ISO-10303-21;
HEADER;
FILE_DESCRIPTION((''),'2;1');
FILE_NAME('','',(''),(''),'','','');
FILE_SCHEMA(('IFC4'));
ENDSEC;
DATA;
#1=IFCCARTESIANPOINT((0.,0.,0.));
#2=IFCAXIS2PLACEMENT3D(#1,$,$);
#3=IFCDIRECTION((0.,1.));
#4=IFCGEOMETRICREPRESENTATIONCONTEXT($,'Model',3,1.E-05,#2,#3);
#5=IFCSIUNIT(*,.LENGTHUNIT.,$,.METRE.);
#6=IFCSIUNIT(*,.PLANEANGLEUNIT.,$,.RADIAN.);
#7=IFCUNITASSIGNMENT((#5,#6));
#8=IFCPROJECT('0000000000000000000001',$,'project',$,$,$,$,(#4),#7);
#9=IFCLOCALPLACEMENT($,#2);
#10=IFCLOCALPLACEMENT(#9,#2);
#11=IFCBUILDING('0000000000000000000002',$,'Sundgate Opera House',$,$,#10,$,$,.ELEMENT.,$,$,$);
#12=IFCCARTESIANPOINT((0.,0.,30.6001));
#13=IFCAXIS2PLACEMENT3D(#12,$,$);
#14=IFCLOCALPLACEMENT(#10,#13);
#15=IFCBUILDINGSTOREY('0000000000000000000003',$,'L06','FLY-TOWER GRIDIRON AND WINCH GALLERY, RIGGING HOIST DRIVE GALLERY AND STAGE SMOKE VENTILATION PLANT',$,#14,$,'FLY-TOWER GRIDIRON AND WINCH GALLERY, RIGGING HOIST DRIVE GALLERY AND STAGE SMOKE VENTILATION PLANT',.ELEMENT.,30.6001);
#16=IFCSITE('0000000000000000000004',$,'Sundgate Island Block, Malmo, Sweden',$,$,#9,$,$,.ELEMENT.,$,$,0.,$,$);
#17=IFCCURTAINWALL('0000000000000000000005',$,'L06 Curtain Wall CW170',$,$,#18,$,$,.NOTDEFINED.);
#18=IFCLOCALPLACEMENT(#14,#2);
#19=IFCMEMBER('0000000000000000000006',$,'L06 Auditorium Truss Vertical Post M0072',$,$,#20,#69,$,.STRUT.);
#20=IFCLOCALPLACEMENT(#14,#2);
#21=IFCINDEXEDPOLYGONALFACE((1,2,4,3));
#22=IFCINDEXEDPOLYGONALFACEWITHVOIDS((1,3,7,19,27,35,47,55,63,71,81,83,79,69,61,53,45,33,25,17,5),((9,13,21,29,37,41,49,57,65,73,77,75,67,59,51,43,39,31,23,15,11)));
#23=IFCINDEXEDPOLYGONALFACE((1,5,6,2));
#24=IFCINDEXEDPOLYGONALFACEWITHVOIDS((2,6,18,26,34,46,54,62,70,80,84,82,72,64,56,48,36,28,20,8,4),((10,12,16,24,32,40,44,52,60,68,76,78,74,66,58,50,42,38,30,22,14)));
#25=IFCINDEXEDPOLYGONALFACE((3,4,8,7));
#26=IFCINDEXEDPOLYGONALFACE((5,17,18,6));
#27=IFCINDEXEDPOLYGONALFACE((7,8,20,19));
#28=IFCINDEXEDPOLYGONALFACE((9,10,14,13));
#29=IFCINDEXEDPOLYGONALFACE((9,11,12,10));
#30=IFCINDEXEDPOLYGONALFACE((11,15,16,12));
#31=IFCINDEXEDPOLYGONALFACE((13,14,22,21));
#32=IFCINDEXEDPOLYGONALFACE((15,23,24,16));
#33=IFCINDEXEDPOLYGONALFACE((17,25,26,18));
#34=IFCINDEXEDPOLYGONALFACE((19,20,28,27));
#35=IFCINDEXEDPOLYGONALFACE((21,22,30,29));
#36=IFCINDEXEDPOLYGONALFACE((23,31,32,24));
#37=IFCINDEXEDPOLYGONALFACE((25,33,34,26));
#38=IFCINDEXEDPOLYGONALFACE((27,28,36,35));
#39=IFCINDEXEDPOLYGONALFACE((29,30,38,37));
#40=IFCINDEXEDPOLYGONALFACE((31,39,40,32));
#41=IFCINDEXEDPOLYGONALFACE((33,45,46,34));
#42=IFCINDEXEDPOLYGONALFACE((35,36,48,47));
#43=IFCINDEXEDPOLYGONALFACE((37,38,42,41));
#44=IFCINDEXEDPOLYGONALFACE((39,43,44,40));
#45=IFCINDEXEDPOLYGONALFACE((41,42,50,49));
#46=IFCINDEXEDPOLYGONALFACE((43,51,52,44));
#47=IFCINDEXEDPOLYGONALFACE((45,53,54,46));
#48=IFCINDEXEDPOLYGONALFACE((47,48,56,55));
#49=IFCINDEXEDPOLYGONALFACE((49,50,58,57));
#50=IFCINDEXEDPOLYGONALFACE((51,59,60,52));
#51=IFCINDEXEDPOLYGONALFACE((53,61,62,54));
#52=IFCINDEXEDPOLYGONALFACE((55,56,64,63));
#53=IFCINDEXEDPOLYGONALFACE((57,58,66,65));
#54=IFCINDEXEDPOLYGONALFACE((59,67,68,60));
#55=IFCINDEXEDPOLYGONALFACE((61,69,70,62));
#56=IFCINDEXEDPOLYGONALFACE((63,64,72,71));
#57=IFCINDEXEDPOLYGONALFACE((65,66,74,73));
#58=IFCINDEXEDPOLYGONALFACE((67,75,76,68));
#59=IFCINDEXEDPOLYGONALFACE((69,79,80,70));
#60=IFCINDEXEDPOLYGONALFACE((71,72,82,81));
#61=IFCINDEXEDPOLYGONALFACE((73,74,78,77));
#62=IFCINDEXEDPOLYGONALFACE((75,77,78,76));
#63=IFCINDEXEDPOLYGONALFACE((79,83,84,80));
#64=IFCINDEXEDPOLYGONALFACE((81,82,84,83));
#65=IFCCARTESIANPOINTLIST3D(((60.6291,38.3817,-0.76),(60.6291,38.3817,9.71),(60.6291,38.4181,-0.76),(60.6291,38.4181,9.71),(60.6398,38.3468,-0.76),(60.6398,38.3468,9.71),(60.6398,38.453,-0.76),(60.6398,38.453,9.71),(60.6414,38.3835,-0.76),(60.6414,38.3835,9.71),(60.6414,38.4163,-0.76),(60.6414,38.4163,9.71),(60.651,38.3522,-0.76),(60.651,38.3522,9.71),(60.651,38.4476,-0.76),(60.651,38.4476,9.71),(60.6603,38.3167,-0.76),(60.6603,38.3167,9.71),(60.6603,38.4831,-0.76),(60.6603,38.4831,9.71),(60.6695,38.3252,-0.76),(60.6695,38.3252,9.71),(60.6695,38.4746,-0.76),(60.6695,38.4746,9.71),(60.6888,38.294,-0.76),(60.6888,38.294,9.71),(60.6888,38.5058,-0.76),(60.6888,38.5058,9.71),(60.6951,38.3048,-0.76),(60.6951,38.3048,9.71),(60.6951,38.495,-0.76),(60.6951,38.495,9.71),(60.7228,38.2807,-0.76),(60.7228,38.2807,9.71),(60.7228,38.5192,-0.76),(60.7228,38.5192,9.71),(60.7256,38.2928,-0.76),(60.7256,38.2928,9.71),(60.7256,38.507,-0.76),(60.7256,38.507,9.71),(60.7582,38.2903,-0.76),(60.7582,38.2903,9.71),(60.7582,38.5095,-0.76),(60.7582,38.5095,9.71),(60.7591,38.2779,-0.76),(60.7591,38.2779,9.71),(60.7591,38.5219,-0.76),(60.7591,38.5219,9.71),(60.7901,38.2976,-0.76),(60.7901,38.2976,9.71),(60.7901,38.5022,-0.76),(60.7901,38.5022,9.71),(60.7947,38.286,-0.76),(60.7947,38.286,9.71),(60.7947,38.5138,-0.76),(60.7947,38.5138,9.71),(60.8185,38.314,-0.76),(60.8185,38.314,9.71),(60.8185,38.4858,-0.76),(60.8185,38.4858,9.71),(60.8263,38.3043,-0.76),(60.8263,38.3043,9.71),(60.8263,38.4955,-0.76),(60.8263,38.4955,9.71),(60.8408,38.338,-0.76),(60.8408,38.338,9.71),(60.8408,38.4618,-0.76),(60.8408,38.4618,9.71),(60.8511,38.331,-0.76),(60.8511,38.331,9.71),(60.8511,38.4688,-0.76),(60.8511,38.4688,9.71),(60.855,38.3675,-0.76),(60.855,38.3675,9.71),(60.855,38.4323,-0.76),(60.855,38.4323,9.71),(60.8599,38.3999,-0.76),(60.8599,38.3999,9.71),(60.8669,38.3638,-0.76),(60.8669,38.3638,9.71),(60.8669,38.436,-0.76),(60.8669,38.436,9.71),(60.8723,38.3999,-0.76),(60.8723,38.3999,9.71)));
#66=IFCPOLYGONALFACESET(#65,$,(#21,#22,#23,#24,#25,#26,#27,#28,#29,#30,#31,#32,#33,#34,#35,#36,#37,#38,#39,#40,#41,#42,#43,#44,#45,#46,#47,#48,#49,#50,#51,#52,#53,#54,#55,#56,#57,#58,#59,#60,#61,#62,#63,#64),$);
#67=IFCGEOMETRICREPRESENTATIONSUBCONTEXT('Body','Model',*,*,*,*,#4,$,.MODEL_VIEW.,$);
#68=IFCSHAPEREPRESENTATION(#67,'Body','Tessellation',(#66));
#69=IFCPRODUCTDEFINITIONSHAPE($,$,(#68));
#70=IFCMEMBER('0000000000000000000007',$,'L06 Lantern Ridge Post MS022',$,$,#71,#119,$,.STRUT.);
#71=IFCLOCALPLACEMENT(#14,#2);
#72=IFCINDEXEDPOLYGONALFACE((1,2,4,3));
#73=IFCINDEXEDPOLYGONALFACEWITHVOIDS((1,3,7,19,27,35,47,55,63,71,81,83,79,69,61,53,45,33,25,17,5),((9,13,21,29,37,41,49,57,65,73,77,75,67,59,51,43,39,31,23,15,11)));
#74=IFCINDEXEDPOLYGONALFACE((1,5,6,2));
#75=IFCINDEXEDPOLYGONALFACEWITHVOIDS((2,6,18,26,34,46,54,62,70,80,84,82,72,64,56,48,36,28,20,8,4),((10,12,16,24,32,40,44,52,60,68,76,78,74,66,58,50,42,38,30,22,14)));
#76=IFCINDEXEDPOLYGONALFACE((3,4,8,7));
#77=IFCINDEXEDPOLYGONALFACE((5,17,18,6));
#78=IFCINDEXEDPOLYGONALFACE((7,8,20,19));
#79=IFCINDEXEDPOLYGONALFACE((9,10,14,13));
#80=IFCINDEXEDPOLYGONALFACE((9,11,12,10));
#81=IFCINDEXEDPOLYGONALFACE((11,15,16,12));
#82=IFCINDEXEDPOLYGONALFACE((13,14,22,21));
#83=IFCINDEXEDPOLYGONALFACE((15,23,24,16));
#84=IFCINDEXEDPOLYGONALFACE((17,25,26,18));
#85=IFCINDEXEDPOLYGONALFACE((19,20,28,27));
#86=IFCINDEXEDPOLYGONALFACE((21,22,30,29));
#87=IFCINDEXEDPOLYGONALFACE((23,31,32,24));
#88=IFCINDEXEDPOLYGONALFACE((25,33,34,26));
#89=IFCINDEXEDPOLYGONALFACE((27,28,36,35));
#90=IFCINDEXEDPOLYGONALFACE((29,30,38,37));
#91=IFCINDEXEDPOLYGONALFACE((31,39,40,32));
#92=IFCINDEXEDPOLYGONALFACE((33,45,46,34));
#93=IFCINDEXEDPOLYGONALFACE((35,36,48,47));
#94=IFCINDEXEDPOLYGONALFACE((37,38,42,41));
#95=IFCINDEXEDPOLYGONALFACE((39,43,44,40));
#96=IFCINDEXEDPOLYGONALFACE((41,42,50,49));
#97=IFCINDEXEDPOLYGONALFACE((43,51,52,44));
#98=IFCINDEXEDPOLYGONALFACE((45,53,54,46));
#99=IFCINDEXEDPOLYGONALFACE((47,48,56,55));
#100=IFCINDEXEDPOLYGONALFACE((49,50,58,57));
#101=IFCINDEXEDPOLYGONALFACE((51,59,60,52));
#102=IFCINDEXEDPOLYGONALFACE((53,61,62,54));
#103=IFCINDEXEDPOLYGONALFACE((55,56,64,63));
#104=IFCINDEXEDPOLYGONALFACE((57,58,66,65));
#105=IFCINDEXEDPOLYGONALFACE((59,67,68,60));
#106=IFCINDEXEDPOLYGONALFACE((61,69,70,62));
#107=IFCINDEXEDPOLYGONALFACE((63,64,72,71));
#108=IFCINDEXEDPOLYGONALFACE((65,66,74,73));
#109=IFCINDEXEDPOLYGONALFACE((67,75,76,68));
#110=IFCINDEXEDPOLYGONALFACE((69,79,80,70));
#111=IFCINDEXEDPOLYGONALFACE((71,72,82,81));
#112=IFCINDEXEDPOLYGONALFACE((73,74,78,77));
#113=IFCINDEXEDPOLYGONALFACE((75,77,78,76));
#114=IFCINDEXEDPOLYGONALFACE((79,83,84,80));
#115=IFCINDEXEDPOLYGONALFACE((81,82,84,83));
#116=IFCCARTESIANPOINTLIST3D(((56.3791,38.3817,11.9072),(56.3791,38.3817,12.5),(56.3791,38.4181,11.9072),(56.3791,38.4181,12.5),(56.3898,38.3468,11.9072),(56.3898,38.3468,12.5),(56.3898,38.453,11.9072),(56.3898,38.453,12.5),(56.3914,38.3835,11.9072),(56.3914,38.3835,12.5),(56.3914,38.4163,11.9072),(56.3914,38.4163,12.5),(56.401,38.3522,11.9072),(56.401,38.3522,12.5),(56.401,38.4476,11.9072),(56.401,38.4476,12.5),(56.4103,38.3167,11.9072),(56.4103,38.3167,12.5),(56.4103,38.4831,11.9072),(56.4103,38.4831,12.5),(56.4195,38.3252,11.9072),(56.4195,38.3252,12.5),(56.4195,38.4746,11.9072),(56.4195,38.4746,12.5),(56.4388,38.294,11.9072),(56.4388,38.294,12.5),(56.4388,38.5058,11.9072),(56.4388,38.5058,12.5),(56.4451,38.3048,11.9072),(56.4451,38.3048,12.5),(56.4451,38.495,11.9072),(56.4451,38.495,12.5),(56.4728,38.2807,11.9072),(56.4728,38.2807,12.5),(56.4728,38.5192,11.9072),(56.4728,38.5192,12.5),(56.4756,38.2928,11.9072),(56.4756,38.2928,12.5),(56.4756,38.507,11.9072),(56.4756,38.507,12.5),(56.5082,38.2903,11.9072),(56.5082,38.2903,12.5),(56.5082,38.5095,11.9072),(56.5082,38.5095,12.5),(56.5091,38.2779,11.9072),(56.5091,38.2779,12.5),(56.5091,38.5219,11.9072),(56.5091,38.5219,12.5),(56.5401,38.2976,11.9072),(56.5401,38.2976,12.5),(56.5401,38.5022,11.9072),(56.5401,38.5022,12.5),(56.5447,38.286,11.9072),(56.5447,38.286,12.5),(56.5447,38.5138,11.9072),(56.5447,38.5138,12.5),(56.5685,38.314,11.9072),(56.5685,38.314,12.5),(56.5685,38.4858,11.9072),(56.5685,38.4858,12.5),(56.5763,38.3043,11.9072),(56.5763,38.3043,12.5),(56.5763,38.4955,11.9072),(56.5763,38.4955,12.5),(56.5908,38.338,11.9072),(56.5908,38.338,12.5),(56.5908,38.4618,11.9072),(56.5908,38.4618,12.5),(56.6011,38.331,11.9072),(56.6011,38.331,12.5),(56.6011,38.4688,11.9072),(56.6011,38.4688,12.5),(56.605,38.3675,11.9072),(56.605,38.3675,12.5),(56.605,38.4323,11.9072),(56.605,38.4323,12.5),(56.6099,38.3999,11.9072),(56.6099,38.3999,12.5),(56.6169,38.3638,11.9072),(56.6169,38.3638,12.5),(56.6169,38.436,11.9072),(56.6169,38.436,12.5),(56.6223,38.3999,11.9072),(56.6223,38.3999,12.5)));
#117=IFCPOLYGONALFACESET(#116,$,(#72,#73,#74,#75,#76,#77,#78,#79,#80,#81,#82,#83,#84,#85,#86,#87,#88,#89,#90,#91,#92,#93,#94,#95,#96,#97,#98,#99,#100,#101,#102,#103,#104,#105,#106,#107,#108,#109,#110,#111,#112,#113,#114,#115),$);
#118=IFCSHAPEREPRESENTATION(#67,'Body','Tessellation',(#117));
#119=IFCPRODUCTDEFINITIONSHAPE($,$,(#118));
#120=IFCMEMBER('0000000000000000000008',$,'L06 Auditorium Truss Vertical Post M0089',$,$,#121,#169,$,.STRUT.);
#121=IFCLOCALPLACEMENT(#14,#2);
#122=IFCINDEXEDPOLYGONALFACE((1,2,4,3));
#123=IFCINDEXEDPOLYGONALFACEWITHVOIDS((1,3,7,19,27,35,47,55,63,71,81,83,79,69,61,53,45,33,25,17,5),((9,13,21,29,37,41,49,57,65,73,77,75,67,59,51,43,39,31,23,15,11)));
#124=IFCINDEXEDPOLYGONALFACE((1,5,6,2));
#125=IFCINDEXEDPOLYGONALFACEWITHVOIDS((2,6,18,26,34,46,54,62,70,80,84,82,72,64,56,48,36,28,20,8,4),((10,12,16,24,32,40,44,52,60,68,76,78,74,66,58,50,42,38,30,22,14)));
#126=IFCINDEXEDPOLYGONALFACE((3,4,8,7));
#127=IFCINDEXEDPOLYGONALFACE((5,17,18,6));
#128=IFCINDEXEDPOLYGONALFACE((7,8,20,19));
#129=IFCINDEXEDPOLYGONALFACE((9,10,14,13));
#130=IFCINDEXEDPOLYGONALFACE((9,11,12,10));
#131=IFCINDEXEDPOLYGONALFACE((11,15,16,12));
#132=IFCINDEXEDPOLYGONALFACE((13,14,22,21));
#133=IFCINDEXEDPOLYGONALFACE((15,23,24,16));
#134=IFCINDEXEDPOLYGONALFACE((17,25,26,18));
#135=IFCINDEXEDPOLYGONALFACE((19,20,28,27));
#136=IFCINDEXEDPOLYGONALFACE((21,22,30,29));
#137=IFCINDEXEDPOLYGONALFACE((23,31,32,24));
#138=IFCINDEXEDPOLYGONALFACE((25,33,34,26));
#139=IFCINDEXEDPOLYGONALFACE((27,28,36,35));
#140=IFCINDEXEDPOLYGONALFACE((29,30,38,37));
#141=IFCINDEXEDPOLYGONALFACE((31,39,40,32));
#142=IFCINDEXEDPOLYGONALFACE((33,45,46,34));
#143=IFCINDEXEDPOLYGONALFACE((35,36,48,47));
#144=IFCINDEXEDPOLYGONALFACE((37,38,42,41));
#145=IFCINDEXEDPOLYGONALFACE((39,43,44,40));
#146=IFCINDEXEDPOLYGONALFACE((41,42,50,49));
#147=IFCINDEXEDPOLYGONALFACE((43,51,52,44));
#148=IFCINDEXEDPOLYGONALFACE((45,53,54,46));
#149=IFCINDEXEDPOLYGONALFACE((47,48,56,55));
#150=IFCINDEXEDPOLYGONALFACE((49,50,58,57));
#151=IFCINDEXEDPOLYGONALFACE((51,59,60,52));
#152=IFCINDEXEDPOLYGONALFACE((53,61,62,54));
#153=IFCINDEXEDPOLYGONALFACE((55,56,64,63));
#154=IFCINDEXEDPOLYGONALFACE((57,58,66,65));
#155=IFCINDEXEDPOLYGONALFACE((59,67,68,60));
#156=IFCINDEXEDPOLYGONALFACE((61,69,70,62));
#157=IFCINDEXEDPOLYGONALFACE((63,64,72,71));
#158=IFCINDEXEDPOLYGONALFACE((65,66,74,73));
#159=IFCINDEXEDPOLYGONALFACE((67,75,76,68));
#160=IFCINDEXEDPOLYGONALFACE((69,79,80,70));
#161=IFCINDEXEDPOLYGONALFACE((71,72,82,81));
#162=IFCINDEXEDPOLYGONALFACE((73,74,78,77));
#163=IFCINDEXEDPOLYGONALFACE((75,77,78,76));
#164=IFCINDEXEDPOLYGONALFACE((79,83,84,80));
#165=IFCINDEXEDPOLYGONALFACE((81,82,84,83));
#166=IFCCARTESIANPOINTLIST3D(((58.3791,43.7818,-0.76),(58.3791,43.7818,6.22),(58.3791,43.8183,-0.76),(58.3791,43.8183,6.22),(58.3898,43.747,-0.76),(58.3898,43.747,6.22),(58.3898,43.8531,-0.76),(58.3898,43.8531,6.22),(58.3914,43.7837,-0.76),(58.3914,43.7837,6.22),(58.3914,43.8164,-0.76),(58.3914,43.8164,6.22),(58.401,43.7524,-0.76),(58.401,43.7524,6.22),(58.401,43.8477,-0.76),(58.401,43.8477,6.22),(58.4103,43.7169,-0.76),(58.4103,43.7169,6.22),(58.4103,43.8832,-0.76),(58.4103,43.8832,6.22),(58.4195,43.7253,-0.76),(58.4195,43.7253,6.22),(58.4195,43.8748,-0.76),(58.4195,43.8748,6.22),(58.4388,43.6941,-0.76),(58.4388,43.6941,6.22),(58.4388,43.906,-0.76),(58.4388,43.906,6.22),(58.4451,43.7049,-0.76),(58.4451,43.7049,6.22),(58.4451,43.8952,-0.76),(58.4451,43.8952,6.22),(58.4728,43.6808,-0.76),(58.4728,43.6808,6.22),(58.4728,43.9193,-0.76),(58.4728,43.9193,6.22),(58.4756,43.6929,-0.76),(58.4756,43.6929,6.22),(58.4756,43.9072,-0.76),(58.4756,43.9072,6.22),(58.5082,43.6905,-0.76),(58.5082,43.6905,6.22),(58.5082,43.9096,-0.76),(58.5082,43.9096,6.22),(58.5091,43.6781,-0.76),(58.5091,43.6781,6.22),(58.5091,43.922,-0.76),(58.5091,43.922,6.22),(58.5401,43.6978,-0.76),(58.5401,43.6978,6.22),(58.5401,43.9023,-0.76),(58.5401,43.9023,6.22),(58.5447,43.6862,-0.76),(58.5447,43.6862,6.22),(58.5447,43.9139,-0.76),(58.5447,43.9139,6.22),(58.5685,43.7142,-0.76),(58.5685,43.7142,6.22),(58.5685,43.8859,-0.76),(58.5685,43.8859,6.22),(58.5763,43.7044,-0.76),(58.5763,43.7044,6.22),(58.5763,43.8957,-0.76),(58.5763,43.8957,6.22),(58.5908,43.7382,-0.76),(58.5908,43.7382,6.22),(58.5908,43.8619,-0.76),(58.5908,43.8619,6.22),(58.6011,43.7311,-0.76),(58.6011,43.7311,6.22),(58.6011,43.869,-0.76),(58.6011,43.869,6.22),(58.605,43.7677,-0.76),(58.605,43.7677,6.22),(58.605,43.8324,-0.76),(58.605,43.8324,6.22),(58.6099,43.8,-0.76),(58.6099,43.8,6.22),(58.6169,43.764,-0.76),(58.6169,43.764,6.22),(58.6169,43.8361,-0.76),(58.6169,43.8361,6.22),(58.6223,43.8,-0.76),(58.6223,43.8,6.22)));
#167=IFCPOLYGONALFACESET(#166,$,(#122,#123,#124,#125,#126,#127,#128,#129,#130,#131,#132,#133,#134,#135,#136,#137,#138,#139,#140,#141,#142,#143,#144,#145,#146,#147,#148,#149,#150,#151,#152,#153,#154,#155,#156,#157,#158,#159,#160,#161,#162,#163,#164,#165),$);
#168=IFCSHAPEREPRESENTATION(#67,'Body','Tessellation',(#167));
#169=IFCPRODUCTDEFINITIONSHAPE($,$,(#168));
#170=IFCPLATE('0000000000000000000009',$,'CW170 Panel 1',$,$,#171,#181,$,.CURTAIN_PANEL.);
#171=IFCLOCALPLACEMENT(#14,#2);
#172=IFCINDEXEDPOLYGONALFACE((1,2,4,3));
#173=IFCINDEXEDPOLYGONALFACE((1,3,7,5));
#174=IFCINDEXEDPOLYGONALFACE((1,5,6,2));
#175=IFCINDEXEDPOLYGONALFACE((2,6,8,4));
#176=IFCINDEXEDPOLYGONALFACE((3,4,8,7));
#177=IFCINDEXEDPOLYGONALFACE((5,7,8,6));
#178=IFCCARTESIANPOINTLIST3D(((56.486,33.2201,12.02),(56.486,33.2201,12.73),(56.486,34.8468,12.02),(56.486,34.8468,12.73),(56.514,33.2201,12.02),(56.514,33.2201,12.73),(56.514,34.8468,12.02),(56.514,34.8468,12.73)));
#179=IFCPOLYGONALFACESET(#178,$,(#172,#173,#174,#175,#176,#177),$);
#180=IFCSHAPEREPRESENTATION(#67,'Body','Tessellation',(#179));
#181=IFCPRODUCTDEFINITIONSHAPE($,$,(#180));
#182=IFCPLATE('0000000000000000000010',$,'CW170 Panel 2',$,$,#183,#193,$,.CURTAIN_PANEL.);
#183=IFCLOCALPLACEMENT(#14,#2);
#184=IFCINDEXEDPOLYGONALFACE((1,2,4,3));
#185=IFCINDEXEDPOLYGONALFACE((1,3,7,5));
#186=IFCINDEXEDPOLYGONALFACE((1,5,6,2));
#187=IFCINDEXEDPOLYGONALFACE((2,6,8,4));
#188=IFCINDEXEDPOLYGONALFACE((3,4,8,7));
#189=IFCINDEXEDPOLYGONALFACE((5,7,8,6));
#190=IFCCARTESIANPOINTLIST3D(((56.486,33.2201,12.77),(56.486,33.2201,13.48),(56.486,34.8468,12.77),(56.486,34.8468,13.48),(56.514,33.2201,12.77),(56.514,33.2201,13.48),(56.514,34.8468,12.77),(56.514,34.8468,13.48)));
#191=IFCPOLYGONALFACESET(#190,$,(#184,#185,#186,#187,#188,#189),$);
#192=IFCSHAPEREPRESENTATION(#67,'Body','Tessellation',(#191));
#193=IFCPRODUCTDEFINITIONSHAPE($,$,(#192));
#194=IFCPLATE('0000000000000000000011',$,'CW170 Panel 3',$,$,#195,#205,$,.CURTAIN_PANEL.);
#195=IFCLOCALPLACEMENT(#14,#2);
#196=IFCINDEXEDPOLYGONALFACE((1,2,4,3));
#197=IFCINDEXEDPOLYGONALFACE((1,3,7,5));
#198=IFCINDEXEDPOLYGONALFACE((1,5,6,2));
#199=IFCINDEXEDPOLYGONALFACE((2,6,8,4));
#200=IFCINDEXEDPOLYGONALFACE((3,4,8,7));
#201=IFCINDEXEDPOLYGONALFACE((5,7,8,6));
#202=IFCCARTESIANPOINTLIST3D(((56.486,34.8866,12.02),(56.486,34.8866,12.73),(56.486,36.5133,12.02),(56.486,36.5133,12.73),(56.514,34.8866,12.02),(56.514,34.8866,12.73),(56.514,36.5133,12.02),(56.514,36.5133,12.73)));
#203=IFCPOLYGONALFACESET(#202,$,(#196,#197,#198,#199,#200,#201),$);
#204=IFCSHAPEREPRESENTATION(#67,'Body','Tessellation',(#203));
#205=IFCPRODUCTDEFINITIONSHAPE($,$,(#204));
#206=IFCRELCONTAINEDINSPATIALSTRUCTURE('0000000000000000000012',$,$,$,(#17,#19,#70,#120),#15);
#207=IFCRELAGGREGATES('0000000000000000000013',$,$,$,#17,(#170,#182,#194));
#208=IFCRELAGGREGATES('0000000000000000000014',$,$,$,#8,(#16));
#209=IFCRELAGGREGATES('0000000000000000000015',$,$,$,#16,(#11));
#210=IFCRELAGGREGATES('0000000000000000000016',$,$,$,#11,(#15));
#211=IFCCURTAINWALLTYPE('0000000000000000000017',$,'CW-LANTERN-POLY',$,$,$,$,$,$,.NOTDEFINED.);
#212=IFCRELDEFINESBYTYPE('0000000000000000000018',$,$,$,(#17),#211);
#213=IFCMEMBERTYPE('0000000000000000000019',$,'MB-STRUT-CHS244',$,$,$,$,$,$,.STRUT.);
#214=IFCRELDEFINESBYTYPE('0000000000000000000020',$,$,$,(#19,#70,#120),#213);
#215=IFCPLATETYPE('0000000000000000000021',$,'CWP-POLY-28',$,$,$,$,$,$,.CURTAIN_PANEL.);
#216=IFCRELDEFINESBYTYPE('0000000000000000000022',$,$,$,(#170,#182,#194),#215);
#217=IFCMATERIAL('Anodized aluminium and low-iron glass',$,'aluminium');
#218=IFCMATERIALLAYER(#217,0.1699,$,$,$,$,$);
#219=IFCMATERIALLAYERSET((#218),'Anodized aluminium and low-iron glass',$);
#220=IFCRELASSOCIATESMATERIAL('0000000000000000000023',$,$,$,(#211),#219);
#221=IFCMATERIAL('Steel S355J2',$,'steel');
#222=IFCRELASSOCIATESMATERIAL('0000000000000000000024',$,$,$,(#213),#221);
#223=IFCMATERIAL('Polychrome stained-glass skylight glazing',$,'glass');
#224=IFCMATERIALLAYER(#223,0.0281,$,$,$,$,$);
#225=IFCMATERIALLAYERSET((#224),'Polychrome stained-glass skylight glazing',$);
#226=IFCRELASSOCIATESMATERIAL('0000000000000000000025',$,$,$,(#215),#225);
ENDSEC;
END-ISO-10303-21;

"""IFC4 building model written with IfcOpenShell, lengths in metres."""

from ifc_helpers import new_model, si_unit, direction, frame, origin, origin_2d, place, context, subcontext, project, spatial, rectangle, hollow_circle, extrude, material, layer, layer_set, material_profile, profile_set, type_object, element, aggregate, save


model = new_model("IFC4")

# Units and contexts
model_context = context("Model", 3, precision=1e-05, world=origin(), true_north=direction((0.0, 1.0)))
body_context = subcontext(model_context, "Body", "Model", "MODEL_VIEW")
ifc_project = project(units=[si_unit("LENGTHUNIT", "METRE"), si_unit("PLANEANGLEUNIT", "RADIAN")], contexts=[model_context])

# Site, building, storey
site_placement = place(None, origin())
site = spatial("IfcSite", under=ifc_project, at=site_placement, Name="Sundgate Island Block, Malmo, Sweden", CompositionType="ELEMENT", RefElevation=0.0)
building_placement = place(site_placement, origin())
building = spatial("IfcBuilding", under=site, at=building_placement, Name="Sundgate Opera House", CompositionType="ELEMENT")
storey_placement = place(building_placement, frame((0.0, 0.0, 30.6001)))
storey = spatial("IfcBuildingStorey", under=building, at=storey_placement, Name="L06", Description="FLY-TOWER GRIDIRON AND WINCH GALLERY, RIGGING HOIST DRIVE GALLERY AND STAGE SMOKE VENTILATION PLANT", LongName="FLY-TOWER GRIDIRON AND WINCH GALLERY, RIGGING HOIST DRIVE GALLERY AND STAGE SMOKE VENTILATION PLANT", CompositionType="ELEMENT", Elevation=30.6001)

# Curtain wall
ifc_material_1 = material(Name="Anodized aluminium and low-iron glass", Category="aluminium")
ifc_layer_1 = layer(ifc_material_1, 0.1699)
ifc_layer_set_1 = layer_set([ifc_layer_1], Name="Anodized aluminium and low-iron glass")
curtain_wall_type = type_object("IfcCurtainWallType", Name="CW-LANTERN-POLY", PredefinedType="NOTDEFINED", material=ifc_layer_set_1)
curtain_wall_placement = place(storey_placement, origin())
curtain_wall = element("IfcCurtainWall", 1, at=curtain_wall_placement, inside=storey, type_object=curtain_wall_type, Name="L06 Curtain Wall CW170", PredefinedType="NOTDEFINED")

# Members
ifc_material_2 = material(Name="Steel S355J2", Category="steel")
ifc_material_profile_1 = material_profile(ifc_material_2, hollow_circle(Radius=0.1223, WallThickness=0.0125, at=origin_2d()), Name="CHS 244.5x12.5")
ifc_profile_set_1 = profile_set([ifc_material_profile_1], Name="Steel S355J2")
member_type_1 = type_object("IfcMemberType", Name="MB-STRUT-CHS244", PredefinedType="STRUT", material=ifc_profile_set_1)
for number, where, z_axis, x_axis, name in (
    (2, (60.75, 38.3999, -0.76), (0.0, 0.0, 1.0), (1.0, 0.0, 0.0), "L06 Auditorium Truss Vertical Post M0072"),
):
    element("IfcMember", number, at=place(storey_placement, frame(where, z_axis=z_axis, x_axis=x_axis)), inside=storey, type_object=member_type_1, Name=name, PredefinedType="STRUT", context=body_context, shape_type="SweptSolid", body=[
        extrude(hollow_circle(Radius=0.1223, WallThickness=0.0125, at=origin_2d()), origin(), (0.0, 0.0, 1.0), 10.47),
    ])
member_1_placement = place(storey_placement, frame((56.5, 38.3999, 11.9072), z_axis=(0.0, 0.0, 1.0), x_axis=(1.0, 0.0, 0.0)))
element("IfcMember", 3, at=member_1_placement, inside=storey, type_object=member_type_1, Name="L06 Lantern Ridge Post MS022", PredefinedType="STRUT", context=body_context, shape_type="SweptSolid", body=[
    extrude(hollow_circle(Radius=0.1223, WallThickness=0.0125, at=origin_2d()), origin(), (0.0, 0.0, 1.0), 0.5928),
])
member_2_placement = place(storey_placement, frame((58.5, 43.8, -0.76), z_axis=(0.0, 0.0, 1.0), x_axis=(1.0, 0.0, 0.0)))
element("IfcMember", 4, at=member_2_placement, inside=storey, type_object=member_type_1, Name="L06 Auditorium Truss Vertical Post M0089", PredefinedType="STRUT", context=body_context, shape_type="SweptSolid", body=[
    extrude(hollow_circle(Radius=0.1223, WallThickness=0.0125, at=origin_2d()), origin(), (0.0, 0.0, 1.0), 6.98),
])

# Plates
ifc_material_3 = material(Name="Polychrome stained-glass skylight glazing", Category="glass")
ifc_layer_2 = layer(ifc_material_3, 0.0281)
ifc_layer_set_2 = layer_set([ifc_layer_2], Name="Polychrome stained-glass skylight glazing")
plate_type_1 = type_object("IfcPlateType", Name="CWP-POLY-28", PredefinedType="CURTAIN_PANEL", material=ifc_layer_set_2)
plate_1_placement = place(storey_placement, frame((56.5, 34.0334, 12.02), z_axis=(0.0, 0.0, 1.0), x_axis=(0.0, 1.0, 0.0)))
plate_1 = element("IfcPlate", 5, at=plate_1_placement, type_object=plate_type_1, Name="CW170 Panel 1", PredefinedType="CURTAIN_PANEL", context=body_context, shape_type="SweptSolid", body=[
    extrude(rectangle(XDim=1.6267, YDim=0.0281, at=origin_2d()), origin(), (0.0, 0.0, 1.0), 0.71),
])
plate_2_placement = place(storey_placement, frame((56.5, 34.0334, 12.77), z_axis=(0.0, 0.0, 1.0), x_axis=(0.0, 1.0, 0.0)))
plate_2 = element("IfcPlate", 6, at=plate_2_placement, type_object=plate_type_1, Name="CW170 Panel 2", PredefinedType="CURTAIN_PANEL", context=body_context, shape_type="SweptSolid", body=[
    extrude(rectangle(XDim=1.6267, YDim=0.0281, at=origin_2d()), origin(), (0.0, 0.0, 1.0), 0.71),
])
plate_3_placement = place(storey_placement, frame((56.5, 35.7, 12.02), z_axis=(0.0, 0.0, 1.0), x_axis=(0.0, 1.0, 0.0)))
plate_3 = element("IfcPlate", 7, at=plate_3_placement, type_object=plate_type_1, Name="CW170 Panel 3", PredefinedType="CURTAIN_PANEL", context=body_context, shape_type="SweptSolid", body=[
    extrude(rectangle(XDim=1.6267, YDim=0.0281, at=origin_2d()), origin(), (0.0, 0.0, 1.0), 0.71),
])
aggregate(curtain_wall, [plate_1, plate_2, plate_3])

save(model, "model.ifc")
